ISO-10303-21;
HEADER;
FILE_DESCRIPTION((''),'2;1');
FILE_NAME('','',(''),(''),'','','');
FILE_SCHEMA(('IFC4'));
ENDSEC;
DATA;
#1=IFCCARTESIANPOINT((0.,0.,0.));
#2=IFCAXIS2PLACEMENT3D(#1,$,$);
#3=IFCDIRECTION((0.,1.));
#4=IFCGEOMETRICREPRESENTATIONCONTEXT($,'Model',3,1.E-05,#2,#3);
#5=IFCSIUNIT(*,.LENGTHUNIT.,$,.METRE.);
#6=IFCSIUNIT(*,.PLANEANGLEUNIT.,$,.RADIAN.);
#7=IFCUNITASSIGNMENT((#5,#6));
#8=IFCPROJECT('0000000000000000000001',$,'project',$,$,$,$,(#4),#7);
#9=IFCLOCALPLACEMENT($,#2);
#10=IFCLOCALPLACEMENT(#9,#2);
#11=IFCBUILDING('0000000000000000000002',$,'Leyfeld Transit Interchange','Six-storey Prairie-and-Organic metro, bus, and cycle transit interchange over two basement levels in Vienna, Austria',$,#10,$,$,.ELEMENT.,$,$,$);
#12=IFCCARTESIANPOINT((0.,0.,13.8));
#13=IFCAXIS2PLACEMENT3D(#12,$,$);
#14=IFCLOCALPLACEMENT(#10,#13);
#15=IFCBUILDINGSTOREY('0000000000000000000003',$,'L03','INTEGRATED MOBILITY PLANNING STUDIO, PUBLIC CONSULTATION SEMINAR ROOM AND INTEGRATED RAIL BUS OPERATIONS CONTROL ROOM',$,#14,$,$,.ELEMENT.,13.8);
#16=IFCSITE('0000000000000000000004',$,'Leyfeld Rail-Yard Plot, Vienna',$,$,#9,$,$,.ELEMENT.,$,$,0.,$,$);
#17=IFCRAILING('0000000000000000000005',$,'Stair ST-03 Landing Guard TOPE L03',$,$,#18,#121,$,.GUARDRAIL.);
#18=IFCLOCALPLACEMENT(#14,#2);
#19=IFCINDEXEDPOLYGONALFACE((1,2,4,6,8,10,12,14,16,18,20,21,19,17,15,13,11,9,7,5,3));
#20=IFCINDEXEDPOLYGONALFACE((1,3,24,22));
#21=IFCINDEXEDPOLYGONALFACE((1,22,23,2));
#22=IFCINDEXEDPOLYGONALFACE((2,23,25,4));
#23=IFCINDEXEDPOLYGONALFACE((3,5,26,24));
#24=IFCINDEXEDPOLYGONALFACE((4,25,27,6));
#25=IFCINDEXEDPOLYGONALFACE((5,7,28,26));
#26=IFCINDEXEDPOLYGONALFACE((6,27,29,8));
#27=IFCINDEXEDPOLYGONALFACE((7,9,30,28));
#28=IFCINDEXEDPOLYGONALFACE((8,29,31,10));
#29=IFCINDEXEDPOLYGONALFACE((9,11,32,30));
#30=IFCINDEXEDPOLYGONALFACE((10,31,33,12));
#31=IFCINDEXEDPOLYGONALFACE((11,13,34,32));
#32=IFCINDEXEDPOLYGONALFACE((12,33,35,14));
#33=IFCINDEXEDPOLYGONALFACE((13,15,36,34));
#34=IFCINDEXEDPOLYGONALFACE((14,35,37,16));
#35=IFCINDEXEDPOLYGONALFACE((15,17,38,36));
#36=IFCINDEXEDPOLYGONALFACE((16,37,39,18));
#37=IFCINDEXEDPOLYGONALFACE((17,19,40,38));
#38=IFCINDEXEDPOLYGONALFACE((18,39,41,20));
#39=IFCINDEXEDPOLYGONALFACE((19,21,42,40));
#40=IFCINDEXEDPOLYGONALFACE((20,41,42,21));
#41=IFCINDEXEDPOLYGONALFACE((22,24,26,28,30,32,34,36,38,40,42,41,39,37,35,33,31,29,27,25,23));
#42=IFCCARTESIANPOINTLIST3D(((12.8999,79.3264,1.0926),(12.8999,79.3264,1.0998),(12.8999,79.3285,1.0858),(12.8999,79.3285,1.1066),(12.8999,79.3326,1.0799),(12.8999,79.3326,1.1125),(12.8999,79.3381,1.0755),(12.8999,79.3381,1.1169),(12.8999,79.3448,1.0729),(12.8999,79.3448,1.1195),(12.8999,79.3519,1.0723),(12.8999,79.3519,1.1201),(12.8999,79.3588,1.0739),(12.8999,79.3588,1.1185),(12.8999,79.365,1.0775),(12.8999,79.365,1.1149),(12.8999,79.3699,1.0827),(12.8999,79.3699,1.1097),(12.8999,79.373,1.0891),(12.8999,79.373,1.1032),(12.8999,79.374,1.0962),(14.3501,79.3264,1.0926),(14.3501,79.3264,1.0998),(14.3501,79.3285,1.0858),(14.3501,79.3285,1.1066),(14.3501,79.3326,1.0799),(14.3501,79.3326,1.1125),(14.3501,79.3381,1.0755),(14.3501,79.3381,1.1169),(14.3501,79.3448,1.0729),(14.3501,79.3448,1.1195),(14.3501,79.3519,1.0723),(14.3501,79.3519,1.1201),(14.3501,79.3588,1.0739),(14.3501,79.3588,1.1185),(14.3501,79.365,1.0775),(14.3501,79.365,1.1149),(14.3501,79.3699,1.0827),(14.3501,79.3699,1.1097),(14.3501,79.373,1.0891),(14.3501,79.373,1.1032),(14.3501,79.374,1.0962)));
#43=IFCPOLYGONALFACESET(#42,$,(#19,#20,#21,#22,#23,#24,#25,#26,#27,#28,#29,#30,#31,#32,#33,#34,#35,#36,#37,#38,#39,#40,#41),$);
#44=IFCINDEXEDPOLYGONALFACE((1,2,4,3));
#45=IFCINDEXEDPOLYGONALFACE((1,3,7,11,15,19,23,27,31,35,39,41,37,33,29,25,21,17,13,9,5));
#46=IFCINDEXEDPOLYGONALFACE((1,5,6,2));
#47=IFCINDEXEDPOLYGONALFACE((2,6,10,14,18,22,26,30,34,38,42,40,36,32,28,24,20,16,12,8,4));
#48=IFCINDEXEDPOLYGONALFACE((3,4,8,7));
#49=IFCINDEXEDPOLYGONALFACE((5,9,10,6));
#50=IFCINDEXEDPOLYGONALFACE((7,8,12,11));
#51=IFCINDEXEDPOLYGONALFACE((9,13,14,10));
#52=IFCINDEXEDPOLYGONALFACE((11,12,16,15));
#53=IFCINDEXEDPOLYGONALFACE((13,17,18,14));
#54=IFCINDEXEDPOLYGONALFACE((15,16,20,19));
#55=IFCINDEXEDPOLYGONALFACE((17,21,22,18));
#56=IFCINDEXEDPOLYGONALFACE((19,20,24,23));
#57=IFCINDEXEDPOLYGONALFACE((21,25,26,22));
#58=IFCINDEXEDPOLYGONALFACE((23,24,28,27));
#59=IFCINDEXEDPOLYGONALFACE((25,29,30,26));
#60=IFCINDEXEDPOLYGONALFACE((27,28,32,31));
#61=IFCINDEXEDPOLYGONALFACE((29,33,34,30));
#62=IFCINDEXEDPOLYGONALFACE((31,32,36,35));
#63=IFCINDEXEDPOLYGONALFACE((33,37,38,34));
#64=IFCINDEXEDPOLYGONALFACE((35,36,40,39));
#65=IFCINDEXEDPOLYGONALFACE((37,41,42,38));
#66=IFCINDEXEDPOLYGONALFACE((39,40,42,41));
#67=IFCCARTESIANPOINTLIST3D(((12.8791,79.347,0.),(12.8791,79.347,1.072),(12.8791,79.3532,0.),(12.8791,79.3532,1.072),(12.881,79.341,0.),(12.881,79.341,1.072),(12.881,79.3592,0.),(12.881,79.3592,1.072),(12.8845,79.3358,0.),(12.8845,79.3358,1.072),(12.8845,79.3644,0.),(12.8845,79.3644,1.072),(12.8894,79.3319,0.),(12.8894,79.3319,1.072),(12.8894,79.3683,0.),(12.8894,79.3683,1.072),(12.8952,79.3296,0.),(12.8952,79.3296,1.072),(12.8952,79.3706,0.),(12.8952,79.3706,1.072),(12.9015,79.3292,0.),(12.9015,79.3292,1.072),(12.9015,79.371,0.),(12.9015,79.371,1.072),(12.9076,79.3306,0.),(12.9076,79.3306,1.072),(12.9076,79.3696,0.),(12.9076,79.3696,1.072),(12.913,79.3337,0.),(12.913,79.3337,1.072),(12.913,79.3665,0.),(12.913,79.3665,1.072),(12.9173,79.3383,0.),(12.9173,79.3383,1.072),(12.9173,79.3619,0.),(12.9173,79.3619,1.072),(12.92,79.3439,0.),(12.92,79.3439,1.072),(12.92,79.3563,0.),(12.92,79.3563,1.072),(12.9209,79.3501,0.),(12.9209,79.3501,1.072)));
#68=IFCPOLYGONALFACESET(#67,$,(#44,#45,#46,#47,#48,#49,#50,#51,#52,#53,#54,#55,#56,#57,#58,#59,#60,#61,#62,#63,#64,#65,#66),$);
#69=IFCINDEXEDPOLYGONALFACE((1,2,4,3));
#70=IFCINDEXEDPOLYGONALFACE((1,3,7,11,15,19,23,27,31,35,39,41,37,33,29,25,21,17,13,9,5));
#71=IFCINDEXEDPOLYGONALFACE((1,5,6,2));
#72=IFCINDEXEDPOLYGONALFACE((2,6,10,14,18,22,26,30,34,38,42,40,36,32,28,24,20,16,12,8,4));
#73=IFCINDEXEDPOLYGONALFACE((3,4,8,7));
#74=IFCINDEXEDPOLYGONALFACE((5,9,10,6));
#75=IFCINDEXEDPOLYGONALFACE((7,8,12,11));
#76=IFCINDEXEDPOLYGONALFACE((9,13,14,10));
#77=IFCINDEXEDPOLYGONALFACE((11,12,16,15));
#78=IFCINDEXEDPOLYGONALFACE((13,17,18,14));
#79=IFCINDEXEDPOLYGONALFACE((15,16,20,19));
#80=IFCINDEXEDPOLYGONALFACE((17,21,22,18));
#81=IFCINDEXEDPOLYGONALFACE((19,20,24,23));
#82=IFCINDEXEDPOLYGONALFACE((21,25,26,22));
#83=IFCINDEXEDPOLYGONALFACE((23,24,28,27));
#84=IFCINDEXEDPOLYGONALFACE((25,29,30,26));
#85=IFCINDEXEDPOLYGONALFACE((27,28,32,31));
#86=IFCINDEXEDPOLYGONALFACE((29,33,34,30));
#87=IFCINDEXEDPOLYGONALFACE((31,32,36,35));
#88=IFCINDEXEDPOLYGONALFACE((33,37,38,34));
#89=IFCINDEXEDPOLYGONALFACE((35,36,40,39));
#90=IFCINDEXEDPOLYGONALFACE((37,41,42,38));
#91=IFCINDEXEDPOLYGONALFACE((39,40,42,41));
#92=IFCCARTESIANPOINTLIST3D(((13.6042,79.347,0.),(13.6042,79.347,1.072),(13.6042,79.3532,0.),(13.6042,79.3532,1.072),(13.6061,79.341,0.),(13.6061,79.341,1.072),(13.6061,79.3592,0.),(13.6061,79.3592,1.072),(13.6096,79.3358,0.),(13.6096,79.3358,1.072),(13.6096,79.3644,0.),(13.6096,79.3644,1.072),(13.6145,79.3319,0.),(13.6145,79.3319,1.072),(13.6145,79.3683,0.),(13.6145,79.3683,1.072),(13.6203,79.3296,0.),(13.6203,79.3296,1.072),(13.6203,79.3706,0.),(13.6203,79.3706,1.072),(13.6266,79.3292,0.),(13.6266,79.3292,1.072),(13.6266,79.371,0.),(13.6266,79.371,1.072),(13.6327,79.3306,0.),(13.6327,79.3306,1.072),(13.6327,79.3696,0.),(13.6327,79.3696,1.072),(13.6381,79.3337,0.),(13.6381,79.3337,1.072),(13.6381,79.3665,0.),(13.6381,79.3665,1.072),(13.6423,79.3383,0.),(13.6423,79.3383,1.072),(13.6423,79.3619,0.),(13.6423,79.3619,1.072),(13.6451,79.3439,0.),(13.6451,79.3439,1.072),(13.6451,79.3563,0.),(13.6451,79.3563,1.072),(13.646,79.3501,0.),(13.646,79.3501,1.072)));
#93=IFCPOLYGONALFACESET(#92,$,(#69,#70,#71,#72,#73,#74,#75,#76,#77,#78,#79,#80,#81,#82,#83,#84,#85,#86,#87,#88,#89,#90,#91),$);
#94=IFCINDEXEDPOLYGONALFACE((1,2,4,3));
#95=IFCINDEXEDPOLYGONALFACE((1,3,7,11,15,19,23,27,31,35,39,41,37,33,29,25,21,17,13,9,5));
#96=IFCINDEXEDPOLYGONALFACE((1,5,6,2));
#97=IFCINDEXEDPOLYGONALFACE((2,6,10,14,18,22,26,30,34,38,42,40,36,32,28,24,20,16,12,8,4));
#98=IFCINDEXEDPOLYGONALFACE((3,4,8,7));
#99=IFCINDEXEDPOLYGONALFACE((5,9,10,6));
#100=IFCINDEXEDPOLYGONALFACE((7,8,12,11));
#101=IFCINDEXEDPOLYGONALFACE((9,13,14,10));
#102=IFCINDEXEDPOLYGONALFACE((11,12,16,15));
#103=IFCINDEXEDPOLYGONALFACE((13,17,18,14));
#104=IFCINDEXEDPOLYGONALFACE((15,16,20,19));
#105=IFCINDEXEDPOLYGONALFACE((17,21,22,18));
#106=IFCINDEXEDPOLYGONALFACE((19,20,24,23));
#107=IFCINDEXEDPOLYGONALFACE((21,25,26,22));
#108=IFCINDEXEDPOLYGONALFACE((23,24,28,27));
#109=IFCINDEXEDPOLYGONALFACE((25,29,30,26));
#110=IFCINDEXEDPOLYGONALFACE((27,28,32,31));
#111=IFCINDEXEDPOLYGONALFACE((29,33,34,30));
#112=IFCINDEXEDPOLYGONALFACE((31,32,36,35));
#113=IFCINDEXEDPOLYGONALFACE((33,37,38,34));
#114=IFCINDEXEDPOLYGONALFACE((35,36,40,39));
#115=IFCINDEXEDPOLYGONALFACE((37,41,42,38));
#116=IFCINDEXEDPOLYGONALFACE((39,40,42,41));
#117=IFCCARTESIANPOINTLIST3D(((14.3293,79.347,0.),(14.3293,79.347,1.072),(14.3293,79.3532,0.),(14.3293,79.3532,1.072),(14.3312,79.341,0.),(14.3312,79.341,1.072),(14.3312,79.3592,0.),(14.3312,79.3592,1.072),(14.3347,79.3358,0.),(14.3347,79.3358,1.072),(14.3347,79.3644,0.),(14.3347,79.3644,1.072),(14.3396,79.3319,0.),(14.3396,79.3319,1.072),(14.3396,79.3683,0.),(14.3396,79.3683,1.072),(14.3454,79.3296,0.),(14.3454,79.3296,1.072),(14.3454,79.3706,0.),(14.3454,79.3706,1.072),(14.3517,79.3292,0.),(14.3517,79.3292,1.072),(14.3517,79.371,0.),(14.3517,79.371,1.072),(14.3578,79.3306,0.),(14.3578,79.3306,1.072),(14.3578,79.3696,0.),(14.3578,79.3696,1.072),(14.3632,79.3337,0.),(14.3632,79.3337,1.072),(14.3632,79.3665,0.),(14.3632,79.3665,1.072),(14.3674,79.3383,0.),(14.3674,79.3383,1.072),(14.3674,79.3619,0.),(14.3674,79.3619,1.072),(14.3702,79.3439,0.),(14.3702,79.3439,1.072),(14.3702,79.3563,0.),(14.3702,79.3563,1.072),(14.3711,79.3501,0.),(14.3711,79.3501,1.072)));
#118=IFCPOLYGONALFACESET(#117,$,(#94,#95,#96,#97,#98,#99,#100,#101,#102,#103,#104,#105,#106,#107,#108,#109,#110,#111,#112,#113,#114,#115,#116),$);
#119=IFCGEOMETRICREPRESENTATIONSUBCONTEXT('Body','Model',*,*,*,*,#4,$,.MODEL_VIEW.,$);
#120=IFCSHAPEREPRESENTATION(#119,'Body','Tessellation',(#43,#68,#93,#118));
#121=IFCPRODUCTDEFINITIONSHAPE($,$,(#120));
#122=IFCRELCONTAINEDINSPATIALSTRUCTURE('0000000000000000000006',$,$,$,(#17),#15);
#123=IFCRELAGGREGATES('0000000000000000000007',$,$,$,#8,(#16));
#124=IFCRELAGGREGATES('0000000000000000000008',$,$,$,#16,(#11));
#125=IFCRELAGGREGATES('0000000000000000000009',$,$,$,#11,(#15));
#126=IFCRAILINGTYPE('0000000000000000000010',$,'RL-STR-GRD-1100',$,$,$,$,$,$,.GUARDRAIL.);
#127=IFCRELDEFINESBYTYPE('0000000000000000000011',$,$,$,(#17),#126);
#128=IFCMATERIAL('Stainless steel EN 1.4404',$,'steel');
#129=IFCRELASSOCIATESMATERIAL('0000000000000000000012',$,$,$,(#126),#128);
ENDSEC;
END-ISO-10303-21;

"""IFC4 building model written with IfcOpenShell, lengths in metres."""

from ifc_helpers import new_model, si_unit, direction, frame, origin, origin_2d, place, context, subcontext, project, spatial, circle, extrude, material, type_object, element, save


model = new_model("IFC4")

# Units and contexts
model_context = context("Model", 3, precision=1e-05, world=origin(), true_north=direction((0.0, 1.0)))
body_context = subcontext(model_context, "Body", "Model", "MODEL_VIEW")
ifc_project = project(units=[si_unit("LENGTHUNIT", "METRE"), si_unit("PLANEANGLEUNIT", "RADIAN")], contexts=[model_context])

# Site, building, storey
site_placement = place(None, origin())
site = spatial("IfcSite", under=ifc_project, at=site_placement, Name="Leyfeld Rail-Yard Plot, Vienna", CompositionType="ELEMENT", RefElevation=0.0)
building_placement = place(site_placement, origin())
building = spatial("IfcBuilding", under=site, at=building_placement, Name="Leyfeld Transit Interchange", Description="Six-storey Prairie-and-Organic metro, bus, and cycle transit interchange over two basement levels in Vienna, Austria", CompositionType="ELEMENT")
storey_placement = place(building_placement, frame((0.0, 0.0, 13.8)))
storey = spatial("IfcBuildingStorey", under=building, at=storey_placement, Name="L03", Description="INTEGRATED MOBILITY PLANNING STUDIO, PUBLIC CONSULTATION SEMINAR ROOM AND INTEGRATED RAIL BUS OPERATIONS CONTROL ROOM", CompositionType="ELEMENT", Elevation=13.8)

# Shared definitions
ifc_material_1 = material(Name="Stainless steel EN 1.4404", Category="steel")

# Railing
railing_type = type_object("IfcRailingType", Name="RL-STR-GRD-1100", PredefinedType="GUARDRAIL", material=ifc_material_1)
railing_1_placement = place(storey_placement, frame((12.8999, 79.3501, 0.0)))
element("IfcRailing", 1, at=railing_1_placement, inside=storey, type_object=railing_type, Name="Stair ST-03 Landing Guard TOPE L03", PredefinedType="GUARDRAIL", context=body_context, shape_type="SweptSolid", body=[
    extrude(circle(Radius=0.0239, at=origin_2d()), frame((0.0, 0.0, 1.0962), z_axis=(1.0, 0.0, 0.0), x_axis=(0.0, 1.0, 0.0)), (0.0, 0.0, 1.0), 1.4502),
    extrude(circle(Radius=0.021, at=origin_2d()), origin(), (0.0, 0.0, 1.0), 1.072),
    extrude(circle(Radius=0.021, at=origin_2d()), frame((0.7251, 0.0, 0.0)), (0.0, 0.0, 1.0), 1.072),
    extrude(circle(Radius=0.021, at=origin_2d()), frame((1.4502, 0.0, 0.0)), (0.0, 0.0, 1.0), 1.072),
])

save(model, "model.ifc")
